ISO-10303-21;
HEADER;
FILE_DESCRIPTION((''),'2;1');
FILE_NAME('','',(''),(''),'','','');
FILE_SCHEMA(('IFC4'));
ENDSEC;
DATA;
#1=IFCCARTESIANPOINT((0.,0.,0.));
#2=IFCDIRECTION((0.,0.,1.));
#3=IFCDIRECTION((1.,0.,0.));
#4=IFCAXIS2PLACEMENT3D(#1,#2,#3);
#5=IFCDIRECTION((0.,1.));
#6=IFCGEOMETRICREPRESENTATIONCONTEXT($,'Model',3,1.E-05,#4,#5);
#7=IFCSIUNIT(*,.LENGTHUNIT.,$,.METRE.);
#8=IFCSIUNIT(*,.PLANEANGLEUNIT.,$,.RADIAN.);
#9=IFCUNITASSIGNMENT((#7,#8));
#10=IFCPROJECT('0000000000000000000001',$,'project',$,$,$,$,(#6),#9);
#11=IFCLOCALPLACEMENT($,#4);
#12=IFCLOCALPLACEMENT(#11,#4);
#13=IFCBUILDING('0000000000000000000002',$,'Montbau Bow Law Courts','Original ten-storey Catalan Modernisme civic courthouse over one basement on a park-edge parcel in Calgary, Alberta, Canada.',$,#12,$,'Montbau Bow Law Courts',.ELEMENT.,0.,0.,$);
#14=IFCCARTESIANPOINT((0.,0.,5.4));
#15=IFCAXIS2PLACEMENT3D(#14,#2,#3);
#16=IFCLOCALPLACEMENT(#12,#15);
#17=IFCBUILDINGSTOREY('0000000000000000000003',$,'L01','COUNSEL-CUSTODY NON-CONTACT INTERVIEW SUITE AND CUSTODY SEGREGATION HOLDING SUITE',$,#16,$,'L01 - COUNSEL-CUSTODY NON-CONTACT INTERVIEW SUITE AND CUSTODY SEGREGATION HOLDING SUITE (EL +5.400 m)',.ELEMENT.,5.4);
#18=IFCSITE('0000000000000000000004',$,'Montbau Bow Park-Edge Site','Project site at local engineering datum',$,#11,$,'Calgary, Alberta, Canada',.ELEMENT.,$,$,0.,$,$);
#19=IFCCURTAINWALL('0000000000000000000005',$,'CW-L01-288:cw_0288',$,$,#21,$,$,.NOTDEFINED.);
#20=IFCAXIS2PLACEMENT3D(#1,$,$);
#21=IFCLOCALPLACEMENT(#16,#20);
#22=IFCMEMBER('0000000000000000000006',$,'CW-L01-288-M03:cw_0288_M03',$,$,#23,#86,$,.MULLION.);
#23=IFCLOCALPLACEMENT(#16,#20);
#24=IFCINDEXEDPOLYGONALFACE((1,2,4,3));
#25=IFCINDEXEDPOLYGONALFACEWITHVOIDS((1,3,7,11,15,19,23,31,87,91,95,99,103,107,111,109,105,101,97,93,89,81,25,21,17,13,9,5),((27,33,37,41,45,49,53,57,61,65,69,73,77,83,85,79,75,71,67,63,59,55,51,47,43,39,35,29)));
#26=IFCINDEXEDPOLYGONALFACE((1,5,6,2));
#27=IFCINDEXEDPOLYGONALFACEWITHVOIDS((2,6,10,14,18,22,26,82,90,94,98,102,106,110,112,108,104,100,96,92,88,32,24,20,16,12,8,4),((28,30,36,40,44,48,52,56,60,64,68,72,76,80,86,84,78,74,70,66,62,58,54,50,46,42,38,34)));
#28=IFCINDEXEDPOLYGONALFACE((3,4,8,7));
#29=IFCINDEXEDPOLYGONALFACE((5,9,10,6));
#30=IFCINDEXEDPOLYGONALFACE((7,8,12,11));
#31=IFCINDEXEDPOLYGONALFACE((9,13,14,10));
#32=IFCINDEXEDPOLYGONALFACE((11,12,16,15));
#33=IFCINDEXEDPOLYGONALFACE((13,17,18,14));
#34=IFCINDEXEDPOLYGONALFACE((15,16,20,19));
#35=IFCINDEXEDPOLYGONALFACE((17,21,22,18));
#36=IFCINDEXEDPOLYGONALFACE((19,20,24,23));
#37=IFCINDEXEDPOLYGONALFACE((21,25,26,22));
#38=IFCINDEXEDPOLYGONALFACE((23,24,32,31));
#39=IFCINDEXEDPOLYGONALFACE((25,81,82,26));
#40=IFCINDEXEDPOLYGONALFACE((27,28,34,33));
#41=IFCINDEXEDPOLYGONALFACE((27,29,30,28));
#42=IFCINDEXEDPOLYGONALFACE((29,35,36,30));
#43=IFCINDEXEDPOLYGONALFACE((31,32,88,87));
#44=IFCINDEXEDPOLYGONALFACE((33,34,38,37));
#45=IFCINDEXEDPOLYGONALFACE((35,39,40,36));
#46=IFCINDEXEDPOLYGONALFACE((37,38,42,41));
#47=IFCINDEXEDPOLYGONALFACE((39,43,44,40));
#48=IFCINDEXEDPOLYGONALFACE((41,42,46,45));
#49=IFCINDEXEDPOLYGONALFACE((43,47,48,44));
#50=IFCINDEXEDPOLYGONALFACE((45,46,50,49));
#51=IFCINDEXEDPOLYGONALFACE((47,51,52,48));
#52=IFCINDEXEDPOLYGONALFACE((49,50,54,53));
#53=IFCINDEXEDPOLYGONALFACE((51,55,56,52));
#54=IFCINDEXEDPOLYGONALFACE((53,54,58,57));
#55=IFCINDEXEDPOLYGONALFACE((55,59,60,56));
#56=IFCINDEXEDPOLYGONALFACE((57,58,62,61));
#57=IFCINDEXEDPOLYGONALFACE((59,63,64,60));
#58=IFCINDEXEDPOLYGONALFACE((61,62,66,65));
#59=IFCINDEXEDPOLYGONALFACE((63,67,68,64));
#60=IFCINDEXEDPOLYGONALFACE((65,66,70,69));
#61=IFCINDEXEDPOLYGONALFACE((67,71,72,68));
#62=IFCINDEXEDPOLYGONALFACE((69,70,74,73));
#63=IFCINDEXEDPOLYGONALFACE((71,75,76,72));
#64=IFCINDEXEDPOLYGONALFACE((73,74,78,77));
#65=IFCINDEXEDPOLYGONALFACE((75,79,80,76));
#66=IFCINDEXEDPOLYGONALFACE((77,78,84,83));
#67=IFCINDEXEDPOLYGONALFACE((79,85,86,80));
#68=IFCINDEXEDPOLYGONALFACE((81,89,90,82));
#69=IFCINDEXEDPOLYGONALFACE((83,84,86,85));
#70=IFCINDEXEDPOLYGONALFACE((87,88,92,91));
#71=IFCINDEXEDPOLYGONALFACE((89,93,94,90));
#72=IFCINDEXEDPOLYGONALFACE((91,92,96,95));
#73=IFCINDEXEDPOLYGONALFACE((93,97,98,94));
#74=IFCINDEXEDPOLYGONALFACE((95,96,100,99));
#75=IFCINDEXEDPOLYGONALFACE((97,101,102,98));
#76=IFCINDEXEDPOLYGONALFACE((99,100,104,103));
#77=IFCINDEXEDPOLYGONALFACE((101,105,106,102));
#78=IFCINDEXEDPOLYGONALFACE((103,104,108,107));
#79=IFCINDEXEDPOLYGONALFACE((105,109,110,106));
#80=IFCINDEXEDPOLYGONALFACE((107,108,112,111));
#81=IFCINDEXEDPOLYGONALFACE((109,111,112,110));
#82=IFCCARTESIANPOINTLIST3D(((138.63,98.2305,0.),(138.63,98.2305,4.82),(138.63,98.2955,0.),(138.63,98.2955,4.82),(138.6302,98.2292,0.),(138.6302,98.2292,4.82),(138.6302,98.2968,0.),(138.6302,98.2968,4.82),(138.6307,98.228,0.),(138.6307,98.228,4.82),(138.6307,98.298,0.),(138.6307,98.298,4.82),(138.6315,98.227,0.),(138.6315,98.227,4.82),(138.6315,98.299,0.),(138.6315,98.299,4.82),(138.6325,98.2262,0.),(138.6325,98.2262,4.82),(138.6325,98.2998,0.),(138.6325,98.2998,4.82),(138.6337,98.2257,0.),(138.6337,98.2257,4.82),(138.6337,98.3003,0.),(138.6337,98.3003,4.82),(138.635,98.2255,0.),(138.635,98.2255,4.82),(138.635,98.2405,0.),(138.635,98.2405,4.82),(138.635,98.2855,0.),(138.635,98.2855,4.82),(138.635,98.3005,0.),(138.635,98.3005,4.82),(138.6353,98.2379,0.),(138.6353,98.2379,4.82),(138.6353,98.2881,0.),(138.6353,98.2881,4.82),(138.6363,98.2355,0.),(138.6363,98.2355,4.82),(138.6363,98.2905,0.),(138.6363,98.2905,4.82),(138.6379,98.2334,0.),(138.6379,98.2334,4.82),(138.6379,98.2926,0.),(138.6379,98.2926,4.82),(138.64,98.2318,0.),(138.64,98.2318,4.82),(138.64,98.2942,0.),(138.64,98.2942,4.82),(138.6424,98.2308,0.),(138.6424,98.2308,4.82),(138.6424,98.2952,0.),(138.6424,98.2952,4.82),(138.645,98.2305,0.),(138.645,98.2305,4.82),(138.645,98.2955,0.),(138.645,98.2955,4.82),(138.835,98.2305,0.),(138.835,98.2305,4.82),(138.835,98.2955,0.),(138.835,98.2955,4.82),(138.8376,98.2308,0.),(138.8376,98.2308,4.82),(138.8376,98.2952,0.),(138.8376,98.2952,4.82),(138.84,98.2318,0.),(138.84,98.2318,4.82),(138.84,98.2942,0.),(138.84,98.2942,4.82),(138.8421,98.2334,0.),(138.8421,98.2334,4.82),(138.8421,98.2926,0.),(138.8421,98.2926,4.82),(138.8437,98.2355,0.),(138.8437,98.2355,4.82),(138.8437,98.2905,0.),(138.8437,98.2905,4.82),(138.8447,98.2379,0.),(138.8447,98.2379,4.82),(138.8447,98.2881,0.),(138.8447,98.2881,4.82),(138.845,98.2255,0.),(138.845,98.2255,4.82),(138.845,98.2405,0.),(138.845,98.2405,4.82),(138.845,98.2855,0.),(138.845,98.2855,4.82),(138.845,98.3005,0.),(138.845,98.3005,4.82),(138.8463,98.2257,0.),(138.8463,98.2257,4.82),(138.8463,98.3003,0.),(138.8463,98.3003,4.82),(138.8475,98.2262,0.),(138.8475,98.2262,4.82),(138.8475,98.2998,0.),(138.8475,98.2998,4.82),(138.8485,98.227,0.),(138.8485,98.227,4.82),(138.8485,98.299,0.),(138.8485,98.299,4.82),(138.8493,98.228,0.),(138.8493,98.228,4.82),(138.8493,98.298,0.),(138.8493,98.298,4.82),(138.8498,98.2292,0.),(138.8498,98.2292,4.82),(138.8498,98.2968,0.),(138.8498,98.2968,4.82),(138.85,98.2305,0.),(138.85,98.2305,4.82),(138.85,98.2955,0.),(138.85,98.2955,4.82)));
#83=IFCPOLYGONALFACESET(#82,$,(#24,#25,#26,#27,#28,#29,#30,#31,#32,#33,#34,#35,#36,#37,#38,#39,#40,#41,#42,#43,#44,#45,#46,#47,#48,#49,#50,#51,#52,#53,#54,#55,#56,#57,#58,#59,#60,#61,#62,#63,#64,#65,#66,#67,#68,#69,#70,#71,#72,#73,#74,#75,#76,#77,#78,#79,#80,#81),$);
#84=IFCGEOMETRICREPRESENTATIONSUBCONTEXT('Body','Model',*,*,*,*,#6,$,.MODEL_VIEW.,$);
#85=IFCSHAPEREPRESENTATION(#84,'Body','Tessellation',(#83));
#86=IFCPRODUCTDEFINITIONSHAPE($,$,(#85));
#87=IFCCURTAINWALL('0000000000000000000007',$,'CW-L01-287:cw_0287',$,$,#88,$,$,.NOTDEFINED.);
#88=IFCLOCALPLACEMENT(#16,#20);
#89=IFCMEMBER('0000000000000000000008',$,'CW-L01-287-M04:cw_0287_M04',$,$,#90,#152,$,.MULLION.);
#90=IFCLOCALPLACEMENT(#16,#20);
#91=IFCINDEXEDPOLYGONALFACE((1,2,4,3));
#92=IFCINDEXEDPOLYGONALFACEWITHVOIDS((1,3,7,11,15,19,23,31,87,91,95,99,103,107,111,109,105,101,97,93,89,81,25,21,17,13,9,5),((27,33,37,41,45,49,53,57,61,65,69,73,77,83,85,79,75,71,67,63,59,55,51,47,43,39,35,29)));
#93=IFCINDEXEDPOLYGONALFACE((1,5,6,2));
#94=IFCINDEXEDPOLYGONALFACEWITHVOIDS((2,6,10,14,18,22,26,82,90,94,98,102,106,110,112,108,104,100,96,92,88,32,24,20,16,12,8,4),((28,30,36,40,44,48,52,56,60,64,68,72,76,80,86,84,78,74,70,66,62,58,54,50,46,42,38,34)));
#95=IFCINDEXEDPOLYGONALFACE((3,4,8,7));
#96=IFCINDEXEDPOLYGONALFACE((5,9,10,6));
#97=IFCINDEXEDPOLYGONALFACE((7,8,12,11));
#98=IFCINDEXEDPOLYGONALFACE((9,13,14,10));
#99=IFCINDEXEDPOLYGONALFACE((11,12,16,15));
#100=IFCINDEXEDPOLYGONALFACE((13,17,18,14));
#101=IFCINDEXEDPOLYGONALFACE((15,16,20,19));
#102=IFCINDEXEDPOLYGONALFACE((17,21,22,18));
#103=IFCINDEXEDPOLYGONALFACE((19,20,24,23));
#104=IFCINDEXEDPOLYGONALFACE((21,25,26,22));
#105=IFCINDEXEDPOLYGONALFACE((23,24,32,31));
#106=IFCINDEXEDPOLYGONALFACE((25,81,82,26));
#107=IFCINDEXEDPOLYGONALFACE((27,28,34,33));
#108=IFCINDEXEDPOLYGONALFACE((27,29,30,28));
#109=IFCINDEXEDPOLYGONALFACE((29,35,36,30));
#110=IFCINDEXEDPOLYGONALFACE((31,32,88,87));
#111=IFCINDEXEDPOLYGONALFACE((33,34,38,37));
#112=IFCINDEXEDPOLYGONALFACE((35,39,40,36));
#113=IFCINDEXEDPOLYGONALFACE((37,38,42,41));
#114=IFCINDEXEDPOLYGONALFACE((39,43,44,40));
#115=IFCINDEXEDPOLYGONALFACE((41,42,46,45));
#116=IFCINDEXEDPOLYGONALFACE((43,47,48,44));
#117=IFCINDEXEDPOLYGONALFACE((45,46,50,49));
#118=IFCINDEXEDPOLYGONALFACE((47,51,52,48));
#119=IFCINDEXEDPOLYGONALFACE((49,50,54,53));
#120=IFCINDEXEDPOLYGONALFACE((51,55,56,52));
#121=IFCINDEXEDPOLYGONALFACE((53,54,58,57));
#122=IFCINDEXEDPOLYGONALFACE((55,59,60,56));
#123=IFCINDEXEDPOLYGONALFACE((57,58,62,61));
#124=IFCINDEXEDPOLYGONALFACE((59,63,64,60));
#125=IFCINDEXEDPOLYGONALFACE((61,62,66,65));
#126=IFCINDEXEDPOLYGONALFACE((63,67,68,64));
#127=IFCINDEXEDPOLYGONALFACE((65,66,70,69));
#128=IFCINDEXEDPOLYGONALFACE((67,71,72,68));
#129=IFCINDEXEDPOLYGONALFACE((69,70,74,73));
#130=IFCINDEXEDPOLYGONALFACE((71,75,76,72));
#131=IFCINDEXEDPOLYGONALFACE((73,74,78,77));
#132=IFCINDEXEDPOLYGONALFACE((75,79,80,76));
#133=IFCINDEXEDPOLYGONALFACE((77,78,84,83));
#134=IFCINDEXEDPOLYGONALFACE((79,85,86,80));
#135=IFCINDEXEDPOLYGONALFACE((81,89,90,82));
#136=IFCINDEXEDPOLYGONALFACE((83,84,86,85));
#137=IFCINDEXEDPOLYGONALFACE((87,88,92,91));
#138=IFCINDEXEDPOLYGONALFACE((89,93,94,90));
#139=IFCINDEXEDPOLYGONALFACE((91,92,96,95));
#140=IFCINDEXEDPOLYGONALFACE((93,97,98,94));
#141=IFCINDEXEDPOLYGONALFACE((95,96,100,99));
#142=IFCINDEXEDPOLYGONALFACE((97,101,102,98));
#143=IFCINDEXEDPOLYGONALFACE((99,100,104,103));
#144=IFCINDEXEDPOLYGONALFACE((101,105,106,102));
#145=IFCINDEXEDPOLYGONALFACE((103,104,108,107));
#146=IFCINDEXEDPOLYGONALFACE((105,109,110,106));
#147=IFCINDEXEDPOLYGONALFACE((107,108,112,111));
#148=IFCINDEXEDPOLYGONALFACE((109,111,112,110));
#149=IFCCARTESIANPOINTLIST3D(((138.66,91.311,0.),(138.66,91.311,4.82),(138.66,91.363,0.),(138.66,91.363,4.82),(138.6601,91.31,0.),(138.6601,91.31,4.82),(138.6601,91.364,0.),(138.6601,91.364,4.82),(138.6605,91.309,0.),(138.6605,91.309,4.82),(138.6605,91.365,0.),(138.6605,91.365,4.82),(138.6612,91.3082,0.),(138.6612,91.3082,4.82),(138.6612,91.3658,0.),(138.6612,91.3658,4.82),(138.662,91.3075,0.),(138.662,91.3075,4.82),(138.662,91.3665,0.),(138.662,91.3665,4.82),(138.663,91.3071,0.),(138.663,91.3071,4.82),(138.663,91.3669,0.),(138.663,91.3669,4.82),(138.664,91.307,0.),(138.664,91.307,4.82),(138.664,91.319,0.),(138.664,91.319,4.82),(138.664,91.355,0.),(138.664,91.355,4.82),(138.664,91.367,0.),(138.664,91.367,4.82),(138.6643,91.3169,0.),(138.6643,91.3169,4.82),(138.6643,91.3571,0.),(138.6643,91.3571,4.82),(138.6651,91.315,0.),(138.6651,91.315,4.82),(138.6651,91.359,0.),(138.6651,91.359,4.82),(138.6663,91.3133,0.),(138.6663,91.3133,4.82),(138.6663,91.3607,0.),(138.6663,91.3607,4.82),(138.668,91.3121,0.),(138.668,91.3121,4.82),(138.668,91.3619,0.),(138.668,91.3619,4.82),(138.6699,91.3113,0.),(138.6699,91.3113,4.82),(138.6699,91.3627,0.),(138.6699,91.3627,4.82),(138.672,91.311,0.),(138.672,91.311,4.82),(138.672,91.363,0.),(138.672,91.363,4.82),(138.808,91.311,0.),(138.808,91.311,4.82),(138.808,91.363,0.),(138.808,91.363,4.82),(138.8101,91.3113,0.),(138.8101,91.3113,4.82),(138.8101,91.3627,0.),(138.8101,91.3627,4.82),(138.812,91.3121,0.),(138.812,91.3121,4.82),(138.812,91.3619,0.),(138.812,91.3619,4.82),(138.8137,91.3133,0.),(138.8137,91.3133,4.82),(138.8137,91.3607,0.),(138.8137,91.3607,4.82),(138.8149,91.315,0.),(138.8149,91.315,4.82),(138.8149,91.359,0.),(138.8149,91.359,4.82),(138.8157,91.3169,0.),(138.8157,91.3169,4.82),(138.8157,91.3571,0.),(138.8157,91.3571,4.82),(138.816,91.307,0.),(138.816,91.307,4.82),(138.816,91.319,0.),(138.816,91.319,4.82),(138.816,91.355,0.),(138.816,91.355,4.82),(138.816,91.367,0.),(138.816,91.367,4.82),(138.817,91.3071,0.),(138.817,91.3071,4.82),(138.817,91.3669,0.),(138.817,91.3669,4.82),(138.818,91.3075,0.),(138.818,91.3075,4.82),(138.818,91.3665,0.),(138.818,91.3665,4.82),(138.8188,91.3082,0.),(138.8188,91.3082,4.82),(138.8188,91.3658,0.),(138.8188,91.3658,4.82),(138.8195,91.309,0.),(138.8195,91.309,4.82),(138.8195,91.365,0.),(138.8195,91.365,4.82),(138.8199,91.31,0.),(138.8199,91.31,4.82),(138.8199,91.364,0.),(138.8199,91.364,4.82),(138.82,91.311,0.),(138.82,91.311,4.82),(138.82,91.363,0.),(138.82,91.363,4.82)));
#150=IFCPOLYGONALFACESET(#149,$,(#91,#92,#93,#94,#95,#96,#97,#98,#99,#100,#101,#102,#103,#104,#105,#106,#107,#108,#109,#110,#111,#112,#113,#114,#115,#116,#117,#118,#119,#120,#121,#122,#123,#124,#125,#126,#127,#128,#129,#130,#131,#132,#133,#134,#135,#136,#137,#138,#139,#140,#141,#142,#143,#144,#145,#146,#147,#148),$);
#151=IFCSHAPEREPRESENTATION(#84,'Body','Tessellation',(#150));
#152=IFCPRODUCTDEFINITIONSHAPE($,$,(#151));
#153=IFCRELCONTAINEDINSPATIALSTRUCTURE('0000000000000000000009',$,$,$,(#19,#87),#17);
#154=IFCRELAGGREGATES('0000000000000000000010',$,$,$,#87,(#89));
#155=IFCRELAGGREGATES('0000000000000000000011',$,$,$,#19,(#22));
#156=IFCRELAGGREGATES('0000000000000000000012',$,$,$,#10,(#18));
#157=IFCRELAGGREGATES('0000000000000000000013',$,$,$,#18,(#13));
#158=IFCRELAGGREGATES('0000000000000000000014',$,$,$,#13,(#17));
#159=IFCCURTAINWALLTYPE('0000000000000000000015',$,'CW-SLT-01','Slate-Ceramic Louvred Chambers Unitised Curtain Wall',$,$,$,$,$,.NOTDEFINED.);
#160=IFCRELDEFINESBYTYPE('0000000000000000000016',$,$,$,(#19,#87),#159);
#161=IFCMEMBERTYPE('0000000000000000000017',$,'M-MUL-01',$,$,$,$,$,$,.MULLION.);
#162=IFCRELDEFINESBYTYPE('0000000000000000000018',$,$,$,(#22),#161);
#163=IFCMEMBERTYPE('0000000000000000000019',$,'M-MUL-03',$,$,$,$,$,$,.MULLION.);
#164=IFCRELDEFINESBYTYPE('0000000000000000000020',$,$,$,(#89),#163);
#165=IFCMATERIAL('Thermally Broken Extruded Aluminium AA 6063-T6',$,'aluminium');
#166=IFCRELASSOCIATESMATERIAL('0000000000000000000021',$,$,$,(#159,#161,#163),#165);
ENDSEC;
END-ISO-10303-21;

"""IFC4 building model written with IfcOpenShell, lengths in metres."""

from ifc_helpers import new_model, si_unit, direction, frame, origin_with_axes, origin_2d_with_axis, place, context, subcontext, project, spatial, hollow_rectangle, extrude, material, material_profile, profile_set, type_object, element, aggregate, save


model = new_model("IFC4")

# Units and contexts
model_context = context("Model", 3, precision=1e-05, world=origin_with_axes(), true_north=direction((0.0, 1.0)))
body_context = subcontext(model_context, "Body", "Model", "MODEL_VIEW")
ifc_project = project(units=[si_unit("LENGTHUNIT", "METRE"), si_unit("PLANEANGLEUNIT", "RADIAN")], contexts=[model_context])

# Site, building, storey
site_placement = place(None, origin_with_axes())
site = spatial("IfcSite", under=ifc_project, at=site_placement, Name="Montbau Bow Park-Edge Site", Description="Project site at local engineering datum", LongName="Calgary, Alberta, Canada", CompositionType="ELEMENT", RefElevation=0.0)
building_placement = place(site_placement, origin_with_axes())
building = spatial("IfcBuilding", under=site, at=building_placement, Name="Montbau Bow Law Courts", Description="Original ten-storey Catalan Modernisme civic courthouse over one basement on a park-edge parcel in Calgary, Alberta, Canada.", LongName="Montbau Bow Law Courts", CompositionType="ELEMENT", ElevationOfRefHeight=0.0, ElevationOfTerrain=0.0)
storey_placement = place(building_placement, frame((0.0, 0.0, 5.4), z_axis=(0.0, 0.0, 1.0), x_axis=(1.0, 0.0, 0.0)))
storey = spatial("IfcBuildingStorey", under=building, at=storey_placement, Name="L01", Description="COUNSEL-CUSTODY NON-CONTACT INTERVIEW SUITE AND CUSTODY SEGREGATION HOLDING SUITE", LongName="L01 - COUNSEL-CUSTODY NON-CONTACT INTERVIEW SUITE AND CUSTODY SEGREGATION HOLDING SUITE (EL +5.400 m)", CompositionType="ELEMENT", Elevation=5.4)

# Curtain walls, members
ifc_material_1 = material(Name="Thermally Broken Extruded Aluminium AA 6063-T6", Category="aluminium")
curtain_wall_type = type_object("IfcCurtainWallType", Name="CW-SLT-01", Description="Slate-Ceramic Louvred Chambers Unitised Curtain Wall", PredefinedType="NOTDEFINED", material=ifc_material_1)
curtain_wall_1_placement = place(None, frame((138.74, 95.315, 5.4), z_axis=(0.0, 0.0, 1.0), x_axis=(1.0, 0.0, 0.0)))
curtain_wall_1 = element("IfcCurtainWall", 1, at=curtain_wall_1_placement, inside=storey, type_object=curtain_wall_type, Name="CW-L01-288:cw_0288", PredefinedType="NOTDEFINED")
ifc_material_profile_1 = material_profile(ifc_material_1, hollow_rectangle(XDim=0.075, YDim=0.22, WallThickness=0.005, InnerFilletRadius=0.01, OuterFilletRadius=0.005, at=origin_2d_with_axis()), Name="CWM-220X75", Category="Main", Priority=0)
ifc_profile_set_1 = profile_set([ifc_material_profile_1], Name="Thermally Broken Extruded Aluminium AA 6063-T6")
member_type_1 = type_object("IfcMemberType", Name="M-MUL-01", PredefinedType="MULLION", material=ifc_profile_set_1)
member_1_placement = place(None, frame((138.74, 98.263, 5.4), z_axis=(0.0, 0.0, 1.0), x_axis=(0.0, 1.0, 0.0)))
member_1 = element("IfcMember", 2, at=member_1_placement, type_object=member_type_1, Name="CW-L01-288-M03:cw_0288_M03", PredefinedType="MULLION", context=body_context, shape_type="SweptSolid", body=[
    extrude(hollow_rectangle(XDim=0.075, YDim=0.22, WallThickness=0.005, InnerFilletRadius=0.01, OuterFilletRadius=0.005, at=origin_2d_with_axis()), origin_with_axes(), (0.0, 0.0, 1.0), 4.82),
])
curtain_wall_2_placement = place(None, frame((138.74, 86.915, 5.4), z_axis=(0.0, 0.0, 1.0), x_axis=(1.0, 0.0, 0.0)))
curtain_wall_2 = element("IfcCurtainWall", 3, at=curtain_wall_2_placement, inside=storey, type_object=curtain_wall_type, Name="CW-L01-287:cw_0287", PredefinedType="NOTDEFINED")
ifc_material_profile_2 = material_profile(ifc_material_1, hollow_rectangle(XDim=0.06, YDim=0.16, WallThickness=0.004, InnerFilletRadius=0.008, OuterFilletRadius=0.004, at=origin_2d_with_axis()), Name="CWM-160X60", Category="Main", Priority=0)
ifc_profile_set_2 = profile_set([ifc_material_profile_2], Name="Thermally Broken Extruded Aluminium AA 6063-T6")
member_type_2 = type_object("IfcMemberType", Name="M-MUL-03", PredefinedType="MULLION", material=ifc_profile_set_2)
member_2_placement = place(None, frame((138.74, 91.337, 5.4), z_axis=(0.0, 0.0, 1.0), x_axis=(0.0, 1.0, 0.0)))
member_2 = element("IfcMember", 4, at=member_2_placement, type_object=member_type_2, Name="CW-L01-287-M04:cw_0287_M04", PredefinedType="MULLION", context=body_context, shape_type="SweptSolid", body=[
    extrude(hollow_rectangle(XDim=0.06, YDim=0.16, WallThickness=0.004, InnerFilletRadius=0.008, OuterFilletRadius=0.004, at=origin_2d_with_axis()), origin_with_axes(), (0.0, 0.0, 1.0), 4.82),
])

aggregate(curtain_wall_2, [member_2])
aggregate(curtain_wall_1, [member_1])

save(model, "model.ifc")
